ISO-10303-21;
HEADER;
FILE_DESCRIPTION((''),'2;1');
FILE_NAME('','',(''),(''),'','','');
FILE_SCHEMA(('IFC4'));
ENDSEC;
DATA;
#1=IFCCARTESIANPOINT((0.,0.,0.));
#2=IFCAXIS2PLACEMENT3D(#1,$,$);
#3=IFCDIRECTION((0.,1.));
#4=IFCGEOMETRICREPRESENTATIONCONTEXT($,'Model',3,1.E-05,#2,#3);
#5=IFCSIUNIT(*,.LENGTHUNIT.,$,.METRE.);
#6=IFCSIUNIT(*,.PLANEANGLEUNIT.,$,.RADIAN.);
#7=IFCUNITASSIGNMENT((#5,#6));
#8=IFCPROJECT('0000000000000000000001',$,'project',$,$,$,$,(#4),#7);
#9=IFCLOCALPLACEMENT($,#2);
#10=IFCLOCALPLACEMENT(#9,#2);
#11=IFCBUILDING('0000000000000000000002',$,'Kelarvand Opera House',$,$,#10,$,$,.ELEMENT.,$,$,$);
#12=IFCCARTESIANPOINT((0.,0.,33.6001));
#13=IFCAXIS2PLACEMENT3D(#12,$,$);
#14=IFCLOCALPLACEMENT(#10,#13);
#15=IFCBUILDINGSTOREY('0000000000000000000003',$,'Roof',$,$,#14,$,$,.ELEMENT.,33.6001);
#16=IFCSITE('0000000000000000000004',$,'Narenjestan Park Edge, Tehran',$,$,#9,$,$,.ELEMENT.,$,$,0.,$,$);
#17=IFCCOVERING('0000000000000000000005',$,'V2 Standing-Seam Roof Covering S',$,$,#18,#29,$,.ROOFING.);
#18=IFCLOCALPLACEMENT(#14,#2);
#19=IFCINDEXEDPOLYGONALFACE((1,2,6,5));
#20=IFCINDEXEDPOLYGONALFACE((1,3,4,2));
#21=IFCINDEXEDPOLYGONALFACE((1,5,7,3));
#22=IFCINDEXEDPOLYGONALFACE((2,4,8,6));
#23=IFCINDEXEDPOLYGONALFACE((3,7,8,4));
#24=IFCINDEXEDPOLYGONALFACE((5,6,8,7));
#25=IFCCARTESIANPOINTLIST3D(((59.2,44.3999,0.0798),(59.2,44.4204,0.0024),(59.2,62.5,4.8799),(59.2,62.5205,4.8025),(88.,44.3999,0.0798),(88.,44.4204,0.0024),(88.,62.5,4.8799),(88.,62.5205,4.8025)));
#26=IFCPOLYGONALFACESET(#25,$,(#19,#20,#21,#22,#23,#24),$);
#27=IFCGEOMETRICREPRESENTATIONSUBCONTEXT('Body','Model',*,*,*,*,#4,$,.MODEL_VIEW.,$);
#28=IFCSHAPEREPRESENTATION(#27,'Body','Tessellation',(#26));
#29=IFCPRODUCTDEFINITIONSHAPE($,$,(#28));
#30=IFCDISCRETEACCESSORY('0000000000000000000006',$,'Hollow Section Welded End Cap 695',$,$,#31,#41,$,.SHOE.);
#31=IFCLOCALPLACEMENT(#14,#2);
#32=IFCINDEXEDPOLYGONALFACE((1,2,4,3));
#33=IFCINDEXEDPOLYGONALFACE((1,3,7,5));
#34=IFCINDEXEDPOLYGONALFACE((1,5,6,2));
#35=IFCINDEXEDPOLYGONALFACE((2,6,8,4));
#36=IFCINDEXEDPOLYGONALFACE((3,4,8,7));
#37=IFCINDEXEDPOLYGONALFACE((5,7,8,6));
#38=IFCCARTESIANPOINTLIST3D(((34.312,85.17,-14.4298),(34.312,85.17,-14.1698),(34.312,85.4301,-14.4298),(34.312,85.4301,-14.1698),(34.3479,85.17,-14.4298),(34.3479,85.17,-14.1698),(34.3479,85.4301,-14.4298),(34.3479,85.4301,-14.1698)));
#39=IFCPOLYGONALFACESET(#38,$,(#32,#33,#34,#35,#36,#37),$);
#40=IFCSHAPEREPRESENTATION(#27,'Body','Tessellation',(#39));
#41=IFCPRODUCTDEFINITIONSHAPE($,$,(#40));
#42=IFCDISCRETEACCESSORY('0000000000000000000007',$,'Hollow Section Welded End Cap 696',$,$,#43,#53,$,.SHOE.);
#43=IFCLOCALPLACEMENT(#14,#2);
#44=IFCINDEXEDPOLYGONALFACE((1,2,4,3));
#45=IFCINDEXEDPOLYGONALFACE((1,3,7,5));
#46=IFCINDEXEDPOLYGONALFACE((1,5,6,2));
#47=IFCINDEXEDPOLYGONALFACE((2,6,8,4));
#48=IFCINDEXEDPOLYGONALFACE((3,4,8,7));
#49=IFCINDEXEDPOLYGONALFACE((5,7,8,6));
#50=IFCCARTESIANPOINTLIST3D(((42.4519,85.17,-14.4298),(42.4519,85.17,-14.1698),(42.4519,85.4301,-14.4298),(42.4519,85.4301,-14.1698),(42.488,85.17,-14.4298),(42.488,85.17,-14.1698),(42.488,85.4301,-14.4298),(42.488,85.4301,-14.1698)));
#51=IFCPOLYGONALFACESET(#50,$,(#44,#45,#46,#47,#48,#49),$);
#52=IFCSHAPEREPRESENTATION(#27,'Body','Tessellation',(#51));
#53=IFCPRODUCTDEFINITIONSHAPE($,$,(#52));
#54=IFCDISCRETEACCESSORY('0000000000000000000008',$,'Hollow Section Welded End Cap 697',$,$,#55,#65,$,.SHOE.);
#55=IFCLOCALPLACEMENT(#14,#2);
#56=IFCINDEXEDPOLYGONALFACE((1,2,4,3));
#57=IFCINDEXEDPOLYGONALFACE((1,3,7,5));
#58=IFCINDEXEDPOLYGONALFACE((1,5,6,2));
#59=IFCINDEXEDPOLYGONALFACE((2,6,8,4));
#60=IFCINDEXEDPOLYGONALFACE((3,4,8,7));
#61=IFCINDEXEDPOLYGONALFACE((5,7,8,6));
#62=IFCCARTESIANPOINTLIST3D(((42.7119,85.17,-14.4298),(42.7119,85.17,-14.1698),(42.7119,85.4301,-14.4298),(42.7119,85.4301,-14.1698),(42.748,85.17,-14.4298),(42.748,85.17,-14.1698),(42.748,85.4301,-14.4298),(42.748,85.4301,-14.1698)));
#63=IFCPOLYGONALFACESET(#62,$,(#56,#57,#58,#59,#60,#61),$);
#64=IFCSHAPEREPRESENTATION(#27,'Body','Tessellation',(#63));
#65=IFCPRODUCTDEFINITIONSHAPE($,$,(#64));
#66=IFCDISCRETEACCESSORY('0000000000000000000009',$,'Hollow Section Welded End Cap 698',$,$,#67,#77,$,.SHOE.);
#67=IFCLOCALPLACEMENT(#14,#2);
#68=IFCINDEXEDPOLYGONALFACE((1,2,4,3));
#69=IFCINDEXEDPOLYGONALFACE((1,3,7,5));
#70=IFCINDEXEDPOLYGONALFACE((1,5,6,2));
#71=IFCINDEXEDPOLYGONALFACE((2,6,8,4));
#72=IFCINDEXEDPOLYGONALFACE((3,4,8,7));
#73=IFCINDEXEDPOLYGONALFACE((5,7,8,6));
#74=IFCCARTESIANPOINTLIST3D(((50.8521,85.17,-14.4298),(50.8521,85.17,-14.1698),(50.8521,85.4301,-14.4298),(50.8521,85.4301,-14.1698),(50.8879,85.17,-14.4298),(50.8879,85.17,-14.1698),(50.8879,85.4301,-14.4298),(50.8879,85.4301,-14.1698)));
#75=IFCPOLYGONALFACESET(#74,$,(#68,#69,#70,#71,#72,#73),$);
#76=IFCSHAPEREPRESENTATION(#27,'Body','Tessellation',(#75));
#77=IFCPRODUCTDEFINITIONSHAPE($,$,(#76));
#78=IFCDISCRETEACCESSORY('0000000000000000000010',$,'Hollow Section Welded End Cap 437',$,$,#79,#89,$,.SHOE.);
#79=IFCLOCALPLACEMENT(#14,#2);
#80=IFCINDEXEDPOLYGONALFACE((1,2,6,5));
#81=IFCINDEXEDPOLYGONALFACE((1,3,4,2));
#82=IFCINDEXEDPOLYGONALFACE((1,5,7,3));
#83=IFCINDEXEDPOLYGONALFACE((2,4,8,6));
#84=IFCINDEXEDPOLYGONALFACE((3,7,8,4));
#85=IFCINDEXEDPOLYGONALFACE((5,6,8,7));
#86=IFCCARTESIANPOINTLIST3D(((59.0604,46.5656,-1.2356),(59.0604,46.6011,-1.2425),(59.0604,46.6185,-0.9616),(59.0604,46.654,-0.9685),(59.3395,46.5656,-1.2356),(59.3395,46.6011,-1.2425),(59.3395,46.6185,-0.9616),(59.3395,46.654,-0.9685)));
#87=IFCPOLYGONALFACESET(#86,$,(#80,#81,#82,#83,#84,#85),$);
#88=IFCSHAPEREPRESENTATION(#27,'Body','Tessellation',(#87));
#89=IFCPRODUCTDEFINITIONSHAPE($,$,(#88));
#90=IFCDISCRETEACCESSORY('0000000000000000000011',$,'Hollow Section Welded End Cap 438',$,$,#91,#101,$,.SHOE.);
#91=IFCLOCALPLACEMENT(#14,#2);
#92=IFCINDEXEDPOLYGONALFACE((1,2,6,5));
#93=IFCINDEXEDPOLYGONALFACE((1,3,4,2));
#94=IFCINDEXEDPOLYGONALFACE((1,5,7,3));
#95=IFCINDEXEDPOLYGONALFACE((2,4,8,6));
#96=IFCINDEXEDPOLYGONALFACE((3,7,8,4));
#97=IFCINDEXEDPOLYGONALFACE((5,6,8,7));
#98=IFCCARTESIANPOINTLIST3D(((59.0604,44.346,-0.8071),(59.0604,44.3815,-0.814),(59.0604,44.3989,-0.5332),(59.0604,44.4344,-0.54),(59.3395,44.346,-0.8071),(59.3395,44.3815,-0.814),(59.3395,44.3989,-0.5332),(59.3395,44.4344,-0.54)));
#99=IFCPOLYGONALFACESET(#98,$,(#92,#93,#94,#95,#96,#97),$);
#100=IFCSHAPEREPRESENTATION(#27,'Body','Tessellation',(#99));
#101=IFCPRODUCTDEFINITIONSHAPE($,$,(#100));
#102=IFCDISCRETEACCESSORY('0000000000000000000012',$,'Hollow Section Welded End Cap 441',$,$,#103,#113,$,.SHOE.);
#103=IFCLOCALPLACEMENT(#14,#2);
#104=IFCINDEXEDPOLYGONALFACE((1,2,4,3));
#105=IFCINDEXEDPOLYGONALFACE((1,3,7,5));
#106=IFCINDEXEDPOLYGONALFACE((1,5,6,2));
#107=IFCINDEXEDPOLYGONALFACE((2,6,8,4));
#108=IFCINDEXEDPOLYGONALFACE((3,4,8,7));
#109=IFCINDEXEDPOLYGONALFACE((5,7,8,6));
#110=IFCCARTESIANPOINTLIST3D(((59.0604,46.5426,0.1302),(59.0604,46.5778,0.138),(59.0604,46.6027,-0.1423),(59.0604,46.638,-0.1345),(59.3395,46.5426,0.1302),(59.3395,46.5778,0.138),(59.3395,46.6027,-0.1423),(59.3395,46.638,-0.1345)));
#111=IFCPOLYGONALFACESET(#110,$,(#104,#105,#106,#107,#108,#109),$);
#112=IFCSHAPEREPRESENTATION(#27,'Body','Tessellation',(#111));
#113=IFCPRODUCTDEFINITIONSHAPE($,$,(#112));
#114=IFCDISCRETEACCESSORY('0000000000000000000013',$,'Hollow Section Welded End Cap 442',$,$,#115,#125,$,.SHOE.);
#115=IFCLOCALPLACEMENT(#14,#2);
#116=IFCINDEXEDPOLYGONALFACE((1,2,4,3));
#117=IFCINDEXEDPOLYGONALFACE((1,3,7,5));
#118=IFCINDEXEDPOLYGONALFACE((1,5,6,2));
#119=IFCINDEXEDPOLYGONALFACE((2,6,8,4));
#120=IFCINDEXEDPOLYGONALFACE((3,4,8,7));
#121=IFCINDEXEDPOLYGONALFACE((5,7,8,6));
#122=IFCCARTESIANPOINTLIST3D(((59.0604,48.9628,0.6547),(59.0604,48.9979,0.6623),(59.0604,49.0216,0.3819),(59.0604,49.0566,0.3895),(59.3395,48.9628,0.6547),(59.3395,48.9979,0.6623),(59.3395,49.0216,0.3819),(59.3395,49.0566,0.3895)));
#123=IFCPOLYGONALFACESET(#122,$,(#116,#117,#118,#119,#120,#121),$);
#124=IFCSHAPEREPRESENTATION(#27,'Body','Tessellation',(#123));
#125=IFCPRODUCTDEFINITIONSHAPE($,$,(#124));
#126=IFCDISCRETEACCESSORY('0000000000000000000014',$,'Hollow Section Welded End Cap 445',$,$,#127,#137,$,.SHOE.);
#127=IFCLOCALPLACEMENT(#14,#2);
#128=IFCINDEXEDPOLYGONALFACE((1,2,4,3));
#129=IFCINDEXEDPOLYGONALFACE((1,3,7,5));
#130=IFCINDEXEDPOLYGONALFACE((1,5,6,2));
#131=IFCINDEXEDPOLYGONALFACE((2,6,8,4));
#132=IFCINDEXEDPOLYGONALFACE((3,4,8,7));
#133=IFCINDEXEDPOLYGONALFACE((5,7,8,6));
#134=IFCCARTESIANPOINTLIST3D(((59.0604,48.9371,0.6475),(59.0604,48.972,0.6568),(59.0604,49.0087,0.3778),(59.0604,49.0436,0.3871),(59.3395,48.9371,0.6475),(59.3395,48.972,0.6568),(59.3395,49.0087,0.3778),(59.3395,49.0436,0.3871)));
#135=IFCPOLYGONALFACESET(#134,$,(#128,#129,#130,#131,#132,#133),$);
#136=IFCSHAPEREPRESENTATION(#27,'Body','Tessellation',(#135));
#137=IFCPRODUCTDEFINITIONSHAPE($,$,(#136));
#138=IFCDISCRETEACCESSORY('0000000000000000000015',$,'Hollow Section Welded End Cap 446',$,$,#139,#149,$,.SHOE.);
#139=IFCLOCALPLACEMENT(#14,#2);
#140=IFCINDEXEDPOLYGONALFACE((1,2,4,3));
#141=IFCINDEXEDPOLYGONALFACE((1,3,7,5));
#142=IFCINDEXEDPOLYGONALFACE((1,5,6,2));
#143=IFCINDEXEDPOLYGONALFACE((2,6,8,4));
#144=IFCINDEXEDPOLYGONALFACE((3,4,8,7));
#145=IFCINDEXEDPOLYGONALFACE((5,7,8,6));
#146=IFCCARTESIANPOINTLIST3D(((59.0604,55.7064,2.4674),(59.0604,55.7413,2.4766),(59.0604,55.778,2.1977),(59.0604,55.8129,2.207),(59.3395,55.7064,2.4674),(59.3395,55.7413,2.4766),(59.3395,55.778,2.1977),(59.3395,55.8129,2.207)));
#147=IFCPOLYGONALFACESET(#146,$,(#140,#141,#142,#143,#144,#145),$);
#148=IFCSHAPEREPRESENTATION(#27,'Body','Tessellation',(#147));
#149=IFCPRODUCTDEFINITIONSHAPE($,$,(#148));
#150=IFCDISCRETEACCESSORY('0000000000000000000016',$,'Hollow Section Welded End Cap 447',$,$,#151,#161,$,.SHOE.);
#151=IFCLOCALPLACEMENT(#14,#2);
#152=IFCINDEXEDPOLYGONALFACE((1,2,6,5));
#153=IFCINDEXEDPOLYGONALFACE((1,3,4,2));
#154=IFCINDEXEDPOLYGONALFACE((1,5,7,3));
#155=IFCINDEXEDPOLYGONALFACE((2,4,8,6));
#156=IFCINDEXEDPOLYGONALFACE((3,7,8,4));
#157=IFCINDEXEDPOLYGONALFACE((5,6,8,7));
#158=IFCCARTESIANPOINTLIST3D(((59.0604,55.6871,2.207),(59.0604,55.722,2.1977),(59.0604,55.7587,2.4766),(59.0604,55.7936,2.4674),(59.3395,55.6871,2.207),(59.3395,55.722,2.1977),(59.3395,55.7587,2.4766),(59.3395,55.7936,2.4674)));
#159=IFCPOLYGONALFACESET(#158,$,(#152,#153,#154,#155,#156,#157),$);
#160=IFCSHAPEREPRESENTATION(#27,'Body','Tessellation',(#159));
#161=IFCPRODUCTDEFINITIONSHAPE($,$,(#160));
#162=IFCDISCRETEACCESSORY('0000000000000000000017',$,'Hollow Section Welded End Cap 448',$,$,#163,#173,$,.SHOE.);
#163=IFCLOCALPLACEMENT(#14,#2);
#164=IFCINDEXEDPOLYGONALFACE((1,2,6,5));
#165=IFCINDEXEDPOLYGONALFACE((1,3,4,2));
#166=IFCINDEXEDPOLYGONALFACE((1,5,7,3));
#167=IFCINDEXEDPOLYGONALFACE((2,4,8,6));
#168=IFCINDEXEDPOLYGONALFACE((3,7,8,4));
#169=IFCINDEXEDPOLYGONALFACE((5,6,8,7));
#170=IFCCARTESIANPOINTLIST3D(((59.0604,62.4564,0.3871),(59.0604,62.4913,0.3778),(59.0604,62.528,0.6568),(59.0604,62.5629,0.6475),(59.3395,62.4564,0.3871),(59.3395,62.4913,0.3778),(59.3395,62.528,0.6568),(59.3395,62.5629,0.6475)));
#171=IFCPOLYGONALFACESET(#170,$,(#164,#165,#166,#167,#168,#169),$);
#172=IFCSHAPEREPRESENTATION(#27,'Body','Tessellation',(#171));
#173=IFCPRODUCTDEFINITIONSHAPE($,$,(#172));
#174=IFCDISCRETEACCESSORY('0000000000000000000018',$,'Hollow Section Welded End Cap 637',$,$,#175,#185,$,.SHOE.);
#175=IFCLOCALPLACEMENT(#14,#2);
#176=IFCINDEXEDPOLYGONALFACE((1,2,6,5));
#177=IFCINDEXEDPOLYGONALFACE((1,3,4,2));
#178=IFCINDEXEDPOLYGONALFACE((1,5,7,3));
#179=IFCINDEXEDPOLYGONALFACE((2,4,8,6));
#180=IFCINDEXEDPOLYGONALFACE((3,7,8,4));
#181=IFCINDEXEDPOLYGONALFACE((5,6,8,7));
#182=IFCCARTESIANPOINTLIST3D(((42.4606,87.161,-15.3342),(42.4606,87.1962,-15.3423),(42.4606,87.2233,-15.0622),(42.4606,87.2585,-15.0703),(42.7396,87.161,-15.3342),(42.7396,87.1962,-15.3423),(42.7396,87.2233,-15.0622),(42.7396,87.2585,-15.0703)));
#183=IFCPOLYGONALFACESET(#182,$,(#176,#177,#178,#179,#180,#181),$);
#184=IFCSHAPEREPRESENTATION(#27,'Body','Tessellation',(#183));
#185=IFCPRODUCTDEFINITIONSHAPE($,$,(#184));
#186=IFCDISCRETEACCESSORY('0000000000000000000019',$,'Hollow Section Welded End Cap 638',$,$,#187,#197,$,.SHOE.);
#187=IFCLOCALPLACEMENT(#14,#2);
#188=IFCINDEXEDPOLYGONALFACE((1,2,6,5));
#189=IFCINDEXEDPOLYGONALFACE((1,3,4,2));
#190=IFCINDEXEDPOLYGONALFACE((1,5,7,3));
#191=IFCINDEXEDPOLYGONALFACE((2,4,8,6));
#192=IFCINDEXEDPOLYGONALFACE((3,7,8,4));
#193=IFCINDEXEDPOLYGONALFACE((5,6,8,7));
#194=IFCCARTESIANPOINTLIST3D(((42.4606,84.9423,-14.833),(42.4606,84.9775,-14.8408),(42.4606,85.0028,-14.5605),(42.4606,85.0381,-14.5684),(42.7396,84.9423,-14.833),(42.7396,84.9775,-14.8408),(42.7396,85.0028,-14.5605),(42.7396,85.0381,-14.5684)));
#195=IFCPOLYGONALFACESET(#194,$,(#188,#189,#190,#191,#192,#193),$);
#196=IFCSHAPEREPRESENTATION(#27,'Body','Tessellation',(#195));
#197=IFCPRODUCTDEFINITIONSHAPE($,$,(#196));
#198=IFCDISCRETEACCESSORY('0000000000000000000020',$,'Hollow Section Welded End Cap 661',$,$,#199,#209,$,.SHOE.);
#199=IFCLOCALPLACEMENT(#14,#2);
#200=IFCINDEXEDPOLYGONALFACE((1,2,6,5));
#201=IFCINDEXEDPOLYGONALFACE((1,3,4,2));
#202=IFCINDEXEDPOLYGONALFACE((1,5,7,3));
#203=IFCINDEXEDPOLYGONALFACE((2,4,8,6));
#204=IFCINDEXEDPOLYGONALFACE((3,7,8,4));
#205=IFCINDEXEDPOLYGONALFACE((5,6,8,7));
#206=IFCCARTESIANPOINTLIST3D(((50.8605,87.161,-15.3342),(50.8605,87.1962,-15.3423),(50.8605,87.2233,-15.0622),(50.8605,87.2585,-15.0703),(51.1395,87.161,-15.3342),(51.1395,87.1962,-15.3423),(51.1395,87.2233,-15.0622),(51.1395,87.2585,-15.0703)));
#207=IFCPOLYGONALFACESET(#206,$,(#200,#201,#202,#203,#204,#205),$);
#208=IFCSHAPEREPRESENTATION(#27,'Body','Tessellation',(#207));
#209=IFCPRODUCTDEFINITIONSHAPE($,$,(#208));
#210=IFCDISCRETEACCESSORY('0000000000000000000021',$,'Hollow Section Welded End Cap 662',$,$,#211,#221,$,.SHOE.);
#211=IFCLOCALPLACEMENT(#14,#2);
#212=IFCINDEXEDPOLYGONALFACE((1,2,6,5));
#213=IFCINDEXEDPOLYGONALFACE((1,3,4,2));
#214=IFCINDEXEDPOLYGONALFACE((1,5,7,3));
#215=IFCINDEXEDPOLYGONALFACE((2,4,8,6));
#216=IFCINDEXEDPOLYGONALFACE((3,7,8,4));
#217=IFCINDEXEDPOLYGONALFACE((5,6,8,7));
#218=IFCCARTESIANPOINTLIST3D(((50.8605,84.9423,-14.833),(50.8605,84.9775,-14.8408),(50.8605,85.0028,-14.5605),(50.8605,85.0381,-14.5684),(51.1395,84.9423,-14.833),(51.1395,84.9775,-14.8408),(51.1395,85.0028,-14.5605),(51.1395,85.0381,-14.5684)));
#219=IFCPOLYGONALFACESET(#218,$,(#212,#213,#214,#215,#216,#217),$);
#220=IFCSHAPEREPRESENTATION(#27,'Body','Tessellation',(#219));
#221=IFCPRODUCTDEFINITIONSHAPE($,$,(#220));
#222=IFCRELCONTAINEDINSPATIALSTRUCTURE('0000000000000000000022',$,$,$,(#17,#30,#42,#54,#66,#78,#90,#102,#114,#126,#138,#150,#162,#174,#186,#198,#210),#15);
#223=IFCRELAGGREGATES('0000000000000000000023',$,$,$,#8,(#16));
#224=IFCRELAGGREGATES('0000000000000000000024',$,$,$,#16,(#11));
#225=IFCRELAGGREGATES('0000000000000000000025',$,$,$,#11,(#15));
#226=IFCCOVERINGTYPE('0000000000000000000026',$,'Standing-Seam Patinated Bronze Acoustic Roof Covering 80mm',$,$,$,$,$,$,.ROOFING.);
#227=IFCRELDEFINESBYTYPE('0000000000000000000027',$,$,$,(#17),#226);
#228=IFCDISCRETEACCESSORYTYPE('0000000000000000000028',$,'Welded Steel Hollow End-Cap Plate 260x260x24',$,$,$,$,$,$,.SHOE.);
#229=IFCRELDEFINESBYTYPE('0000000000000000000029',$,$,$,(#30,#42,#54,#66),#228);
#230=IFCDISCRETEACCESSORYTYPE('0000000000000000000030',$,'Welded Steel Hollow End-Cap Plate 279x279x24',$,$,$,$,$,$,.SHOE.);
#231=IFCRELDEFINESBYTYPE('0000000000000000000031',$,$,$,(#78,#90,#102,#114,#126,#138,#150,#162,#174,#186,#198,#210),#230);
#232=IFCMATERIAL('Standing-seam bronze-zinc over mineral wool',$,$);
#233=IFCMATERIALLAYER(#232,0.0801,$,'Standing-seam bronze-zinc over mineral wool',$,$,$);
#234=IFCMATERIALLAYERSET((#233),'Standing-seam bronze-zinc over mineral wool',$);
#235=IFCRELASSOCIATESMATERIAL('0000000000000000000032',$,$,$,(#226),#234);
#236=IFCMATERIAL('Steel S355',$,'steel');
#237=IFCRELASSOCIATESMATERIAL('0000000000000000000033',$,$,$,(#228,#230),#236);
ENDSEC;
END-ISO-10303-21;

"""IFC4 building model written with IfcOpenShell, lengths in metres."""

from ifc_helpers import new_model, si_unit, direction, frame, origin, origin_2d, place, context, subcontext, project, spatial, polyline, rectangle, outline, extrude, material, layer, layer_set, material_profile, profile_set, type_object, element, save


model = new_model("IFC4")

# Units and contexts
model_context = context("Model", 3, precision=1e-05, world=origin(), true_north=direction((0.0, 1.0)))
body_context = subcontext(model_context, "Body", "Model", "MODEL_VIEW")
ifc_project = project(units=[si_unit("LENGTHUNIT", "METRE"), si_unit("PLANEANGLEUNIT", "RADIAN")], contexts=[model_context])

# Site, building, storey
site_placement = place(None, origin())
site = spatial("IfcSite", under=ifc_project, at=site_placement, Name="Narenjestan Park Edge, Tehran", CompositionType="ELEMENT", RefElevation=0.0)
building_placement = place(site_placement, origin())
building = spatial("IfcBuilding", under=site, at=building_placement, Name="Kelarvand Opera House", CompositionType="ELEMENT")
storey_placement = place(building_placement, frame((0.0, 0.0, 33.6001)))
storey = spatial("IfcBuildingStorey", under=building, at=storey_placement, Name="Roof", CompositionType="ELEMENT", Elevation=33.6001)

# Shared definitions
ifc_material_1 = material(Name="Steel S355", Category="steel")

# Covering
ifc_material_2 = material(Name="Standing-seam bronze-zinc over mineral wool")
ifc_layer_1 = layer(ifc_material_2, 0.0801, Name="Standing-seam bronze-zinc over mineral wool")
ifc_layer_set_1 = layer_set([ifc_layer_1], Name="Standing-seam bronze-zinc over mineral wool")
covering_type = type_object("IfcCoveringType", Name="Standing-Seam Patinated Bronze Acoustic Roof Covering 80mm", PredefinedType="ROOFING", material=ifc_layer_set_1)
covering_placement = place(storey_placement, frame((59.2, 44.3999, 0.0798), z_axis=(0.0, -0.256334, 0.966588), x_axis=(1.0, 0.0, 0.0)))
element("IfcCovering", 1, at=covering_placement, inside=storey, type_object=covering_type, Name="V2 Standing-Seam Roof Covering S", PredefinedType="ROOFING", context=body_context, shape_type="SweptSolid", body=[
    extrude(outline(polyline([(0.0, 0.0), (28.8, 0.0), (28.8, 18.7258), (0.0, 18.7258), (0.0, 0.0)])), origin(), (0.0, 0.0, -1.0), 0.0801),
])

# Discrete accessories
ifc_material_profile_1 = material_profile(ifc_material_1, rectangle(XDim=0.26, YDim=0.26, at=origin_2d()), Name="Welded Steel Hollow End-Cap Plate 260x260x24", Category="steel")
ifc_profile_set_1 = profile_set([ifc_material_profile_1], Name="Steel S355")
discrete_accessory_type_1 = type_object("IfcDiscreteAccessoryType", Name="Welded Steel Hollow End-Cap Plate 260x260x24", PredefinedType="SHOE", material=ifc_profile_set_1)
discrete_accessory_1_placement = place(storey_placement, frame((34.3479, 85.3, -14.2998), z_axis=(-1.0, 0.0, 0.0), x_axis=(0.0, -1.0, 0.0)))
element("IfcDiscreteAccessory", 2, at=discrete_accessory_1_placement, inside=storey, type_object=discrete_accessory_type_1, Name="Hollow Section Welded End Cap 695", PredefinedType="SHOE", context=body_context, shape_type="SweptSolid", body=[
    extrude(rectangle(XDim=0.26, YDim=0.26, at=origin_2d()), origin(), (0.0, 0.0, 1.0), 0.0359),
])
for number, where, z_axis, x_axis, name in (
    (3, (42.4519, 85.3, -14.2998), (1.0, 0.0, 0.0), (0.0, 1.0, 0.0), "Hollow Section Welded End Cap 696"),
    (4, (42.748, 85.3, -14.2998), (-1.0, 0.0, 0.0), (0.0, -1.0, 0.0), "Hollow Section Welded End Cap 697"),
):
    element("IfcDiscreteAccessory", number, at=place(storey_placement, frame(where, z_axis=z_axis, x_axis=x_axis)), inside=storey, type_object=discrete_accessory_type_1, Name=name, PredefinedType="SHOE", context=body_context, shape_type="SweptSolid", body=[
        extrude(rectangle(XDim=0.26, YDim=0.26, at=origin_2d()), origin(), (0.0, 0.0, 1.0), 0.0361),
    ])
discrete_accessory_2_placement = place(storey_placement, frame((50.8521, 85.3, -14.2998), z_axis=(1.0, 0.0, 0.0), x_axis=(0.0, 1.0, 0.0)))
element("IfcDiscreteAccessory", 5, at=discrete_accessory_2_placement, inside=storey, type_object=discrete_accessory_type_1, Name="Hollow Section Welded End Cap 698", PredefinedType="SHOE", context=body_context, shape_type="SweptSolid", body=[
    extrude(rectangle(XDim=0.26, YDim=0.26, at=origin_2d()), origin(), (0.0, 0.0, 1.0), 0.0359),
])
ifc_material_profile_2 = material_profile(ifc_material_1, rectangle(XDim=0.2791, YDim=0.2791, at=origin_2d()), Name="Welded Steel Hollow End-Cap Plate 279x279x24", Category="steel")
ifc_profile_set_2 = profile_set([ifc_material_profile_2], Name="Steel S355")
discrete_accessory_type_2 = type_object("IfcDiscreteAccessoryType", Name="Welded Steel Hollow End-Cap Plate 279x279x24", PredefinedType="SHOE", material=ifc_profile_set_2)
for number, where, z_axis, x_axis, name in (
    (6, (59.2, 46.592, -1.0986), (0.0, 0.981861, -0.189601), (-1.0, 0.0, 0.0), "Hollow Section Welded End Cap 437"),
    (7, (59.2, 44.408, -0.677), (0.0, -0.981861, 0.189601), (1.0, 0.0, 0.0), "Hollow Section Welded End Cap 438"),
    (8, (59.2, 46.6079, 0.0017), (0.0, -0.976503, -0.215504), (1.0, 0.0, 0.0), "Hollow Section Welded End Cap 441"),
):
    element("IfcDiscreteAccessory", number, at=place(storey_placement, frame(where, z_axis=z_axis, x_axis=x_axis)), inside=storey, type_object=discrete_accessory_type_2, Name=name, PredefinedType="SHOE", context=body_context, shape_type="SweptSolid", body=[
        extrude(rectangle(XDim=0.2791, YDim=0.2791, at=origin_2d()), origin(), (0.0, 0.0, 1.0), 0.0361),
    ])
discrete_accessory_3_placement = place(storey_placement, frame((59.2, 48.9922, 0.5183), z_axis=(0.0, 0.977603, 0.210456), x_axis=(-1.0, 0.0, 0.0)))
element("IfcDiscreteAccessory", 9, at=discrete_accessory_3_placement, inside=storey, type_object=discrete_accessory_type_2, Name="Hollow Section Welded End Cap 442", PredefinedType="SHOE", context=body_context, shape_type="SweptSolid", body=[
    extrude(rectangle(XDim=0.2791, YDim=0.2791, at=origin_2d()), origin(), (0.0, 0.0, 1.0), 0.0359),
])
for number, where, z_axis, x_axis, name in (
    (10, (59.2, 49.0078, 0.522), (0.0, -0.966459, -0.256821), (1.0, 0.0, 0.0), "Hollow Section Welded End Cap 445"),
    (11, (59.2, 55.7422, 2.3325), (0.0, 0.966459, 0.256821), (-1.0, 0.0, 0.0), "Hollow Section Welded End Cap 446"),
    (12, (59.2, 55.7578, 2.3325), (0.0, -0.966459, 0.256821), (1.0, 0.0, 0.0), "Hollow Section Welded End Cap 447"),
    (13, (59.2, 62.4922, 0.522), (0.0, 0.966459, -0.256821), (-1.0, 0.0, 0.0), "Hollow Section Welded End Cap 448"),
    (14, (42.6001, 87.1921, -15.1982), (0.0, 0.974732, -0.223376), (-1.0, 0.0, 0.0), "Hollow Section Welded End Cap 637"),
    (15, (42.6001, 85.0078, -14.7046), (0.0, -0.976187, 0.21693), (1.0, 0.0, 0.0), "Hollow Section Welded End Cap 638"),
    (16, (51.0, 87.1921, -15.1982), (0.0, 0.974732, -0.223376), (-1.0, 0.0, 0.0), "Hollow Section Welded End Cap 661"),
    (17, (51.0, 85.0078, -14.7046), (0.0, -0.976187, 0.21693), (1.0, 0.0, 0.0), "Hollow Section Welded End Cap 662"),
):
    element("IfcDiscreteAccessory", number, at=place(storey_placement, frame(where, z_axis=z_axis, x_axis=x_axis)), inside=storey, type_object=discrete_accessory_type_2, Name=name, PredefinedType="SHOE", context=body_context, shape_type="SweptSolid", body=[
        extrude(rectangle(XDim=0.2791, YDim=0.2791, at=origin_2d()), origin(), (0.0, 0.0, 1.0), 0.0361),
    ])

save(model, "model.ifc")
